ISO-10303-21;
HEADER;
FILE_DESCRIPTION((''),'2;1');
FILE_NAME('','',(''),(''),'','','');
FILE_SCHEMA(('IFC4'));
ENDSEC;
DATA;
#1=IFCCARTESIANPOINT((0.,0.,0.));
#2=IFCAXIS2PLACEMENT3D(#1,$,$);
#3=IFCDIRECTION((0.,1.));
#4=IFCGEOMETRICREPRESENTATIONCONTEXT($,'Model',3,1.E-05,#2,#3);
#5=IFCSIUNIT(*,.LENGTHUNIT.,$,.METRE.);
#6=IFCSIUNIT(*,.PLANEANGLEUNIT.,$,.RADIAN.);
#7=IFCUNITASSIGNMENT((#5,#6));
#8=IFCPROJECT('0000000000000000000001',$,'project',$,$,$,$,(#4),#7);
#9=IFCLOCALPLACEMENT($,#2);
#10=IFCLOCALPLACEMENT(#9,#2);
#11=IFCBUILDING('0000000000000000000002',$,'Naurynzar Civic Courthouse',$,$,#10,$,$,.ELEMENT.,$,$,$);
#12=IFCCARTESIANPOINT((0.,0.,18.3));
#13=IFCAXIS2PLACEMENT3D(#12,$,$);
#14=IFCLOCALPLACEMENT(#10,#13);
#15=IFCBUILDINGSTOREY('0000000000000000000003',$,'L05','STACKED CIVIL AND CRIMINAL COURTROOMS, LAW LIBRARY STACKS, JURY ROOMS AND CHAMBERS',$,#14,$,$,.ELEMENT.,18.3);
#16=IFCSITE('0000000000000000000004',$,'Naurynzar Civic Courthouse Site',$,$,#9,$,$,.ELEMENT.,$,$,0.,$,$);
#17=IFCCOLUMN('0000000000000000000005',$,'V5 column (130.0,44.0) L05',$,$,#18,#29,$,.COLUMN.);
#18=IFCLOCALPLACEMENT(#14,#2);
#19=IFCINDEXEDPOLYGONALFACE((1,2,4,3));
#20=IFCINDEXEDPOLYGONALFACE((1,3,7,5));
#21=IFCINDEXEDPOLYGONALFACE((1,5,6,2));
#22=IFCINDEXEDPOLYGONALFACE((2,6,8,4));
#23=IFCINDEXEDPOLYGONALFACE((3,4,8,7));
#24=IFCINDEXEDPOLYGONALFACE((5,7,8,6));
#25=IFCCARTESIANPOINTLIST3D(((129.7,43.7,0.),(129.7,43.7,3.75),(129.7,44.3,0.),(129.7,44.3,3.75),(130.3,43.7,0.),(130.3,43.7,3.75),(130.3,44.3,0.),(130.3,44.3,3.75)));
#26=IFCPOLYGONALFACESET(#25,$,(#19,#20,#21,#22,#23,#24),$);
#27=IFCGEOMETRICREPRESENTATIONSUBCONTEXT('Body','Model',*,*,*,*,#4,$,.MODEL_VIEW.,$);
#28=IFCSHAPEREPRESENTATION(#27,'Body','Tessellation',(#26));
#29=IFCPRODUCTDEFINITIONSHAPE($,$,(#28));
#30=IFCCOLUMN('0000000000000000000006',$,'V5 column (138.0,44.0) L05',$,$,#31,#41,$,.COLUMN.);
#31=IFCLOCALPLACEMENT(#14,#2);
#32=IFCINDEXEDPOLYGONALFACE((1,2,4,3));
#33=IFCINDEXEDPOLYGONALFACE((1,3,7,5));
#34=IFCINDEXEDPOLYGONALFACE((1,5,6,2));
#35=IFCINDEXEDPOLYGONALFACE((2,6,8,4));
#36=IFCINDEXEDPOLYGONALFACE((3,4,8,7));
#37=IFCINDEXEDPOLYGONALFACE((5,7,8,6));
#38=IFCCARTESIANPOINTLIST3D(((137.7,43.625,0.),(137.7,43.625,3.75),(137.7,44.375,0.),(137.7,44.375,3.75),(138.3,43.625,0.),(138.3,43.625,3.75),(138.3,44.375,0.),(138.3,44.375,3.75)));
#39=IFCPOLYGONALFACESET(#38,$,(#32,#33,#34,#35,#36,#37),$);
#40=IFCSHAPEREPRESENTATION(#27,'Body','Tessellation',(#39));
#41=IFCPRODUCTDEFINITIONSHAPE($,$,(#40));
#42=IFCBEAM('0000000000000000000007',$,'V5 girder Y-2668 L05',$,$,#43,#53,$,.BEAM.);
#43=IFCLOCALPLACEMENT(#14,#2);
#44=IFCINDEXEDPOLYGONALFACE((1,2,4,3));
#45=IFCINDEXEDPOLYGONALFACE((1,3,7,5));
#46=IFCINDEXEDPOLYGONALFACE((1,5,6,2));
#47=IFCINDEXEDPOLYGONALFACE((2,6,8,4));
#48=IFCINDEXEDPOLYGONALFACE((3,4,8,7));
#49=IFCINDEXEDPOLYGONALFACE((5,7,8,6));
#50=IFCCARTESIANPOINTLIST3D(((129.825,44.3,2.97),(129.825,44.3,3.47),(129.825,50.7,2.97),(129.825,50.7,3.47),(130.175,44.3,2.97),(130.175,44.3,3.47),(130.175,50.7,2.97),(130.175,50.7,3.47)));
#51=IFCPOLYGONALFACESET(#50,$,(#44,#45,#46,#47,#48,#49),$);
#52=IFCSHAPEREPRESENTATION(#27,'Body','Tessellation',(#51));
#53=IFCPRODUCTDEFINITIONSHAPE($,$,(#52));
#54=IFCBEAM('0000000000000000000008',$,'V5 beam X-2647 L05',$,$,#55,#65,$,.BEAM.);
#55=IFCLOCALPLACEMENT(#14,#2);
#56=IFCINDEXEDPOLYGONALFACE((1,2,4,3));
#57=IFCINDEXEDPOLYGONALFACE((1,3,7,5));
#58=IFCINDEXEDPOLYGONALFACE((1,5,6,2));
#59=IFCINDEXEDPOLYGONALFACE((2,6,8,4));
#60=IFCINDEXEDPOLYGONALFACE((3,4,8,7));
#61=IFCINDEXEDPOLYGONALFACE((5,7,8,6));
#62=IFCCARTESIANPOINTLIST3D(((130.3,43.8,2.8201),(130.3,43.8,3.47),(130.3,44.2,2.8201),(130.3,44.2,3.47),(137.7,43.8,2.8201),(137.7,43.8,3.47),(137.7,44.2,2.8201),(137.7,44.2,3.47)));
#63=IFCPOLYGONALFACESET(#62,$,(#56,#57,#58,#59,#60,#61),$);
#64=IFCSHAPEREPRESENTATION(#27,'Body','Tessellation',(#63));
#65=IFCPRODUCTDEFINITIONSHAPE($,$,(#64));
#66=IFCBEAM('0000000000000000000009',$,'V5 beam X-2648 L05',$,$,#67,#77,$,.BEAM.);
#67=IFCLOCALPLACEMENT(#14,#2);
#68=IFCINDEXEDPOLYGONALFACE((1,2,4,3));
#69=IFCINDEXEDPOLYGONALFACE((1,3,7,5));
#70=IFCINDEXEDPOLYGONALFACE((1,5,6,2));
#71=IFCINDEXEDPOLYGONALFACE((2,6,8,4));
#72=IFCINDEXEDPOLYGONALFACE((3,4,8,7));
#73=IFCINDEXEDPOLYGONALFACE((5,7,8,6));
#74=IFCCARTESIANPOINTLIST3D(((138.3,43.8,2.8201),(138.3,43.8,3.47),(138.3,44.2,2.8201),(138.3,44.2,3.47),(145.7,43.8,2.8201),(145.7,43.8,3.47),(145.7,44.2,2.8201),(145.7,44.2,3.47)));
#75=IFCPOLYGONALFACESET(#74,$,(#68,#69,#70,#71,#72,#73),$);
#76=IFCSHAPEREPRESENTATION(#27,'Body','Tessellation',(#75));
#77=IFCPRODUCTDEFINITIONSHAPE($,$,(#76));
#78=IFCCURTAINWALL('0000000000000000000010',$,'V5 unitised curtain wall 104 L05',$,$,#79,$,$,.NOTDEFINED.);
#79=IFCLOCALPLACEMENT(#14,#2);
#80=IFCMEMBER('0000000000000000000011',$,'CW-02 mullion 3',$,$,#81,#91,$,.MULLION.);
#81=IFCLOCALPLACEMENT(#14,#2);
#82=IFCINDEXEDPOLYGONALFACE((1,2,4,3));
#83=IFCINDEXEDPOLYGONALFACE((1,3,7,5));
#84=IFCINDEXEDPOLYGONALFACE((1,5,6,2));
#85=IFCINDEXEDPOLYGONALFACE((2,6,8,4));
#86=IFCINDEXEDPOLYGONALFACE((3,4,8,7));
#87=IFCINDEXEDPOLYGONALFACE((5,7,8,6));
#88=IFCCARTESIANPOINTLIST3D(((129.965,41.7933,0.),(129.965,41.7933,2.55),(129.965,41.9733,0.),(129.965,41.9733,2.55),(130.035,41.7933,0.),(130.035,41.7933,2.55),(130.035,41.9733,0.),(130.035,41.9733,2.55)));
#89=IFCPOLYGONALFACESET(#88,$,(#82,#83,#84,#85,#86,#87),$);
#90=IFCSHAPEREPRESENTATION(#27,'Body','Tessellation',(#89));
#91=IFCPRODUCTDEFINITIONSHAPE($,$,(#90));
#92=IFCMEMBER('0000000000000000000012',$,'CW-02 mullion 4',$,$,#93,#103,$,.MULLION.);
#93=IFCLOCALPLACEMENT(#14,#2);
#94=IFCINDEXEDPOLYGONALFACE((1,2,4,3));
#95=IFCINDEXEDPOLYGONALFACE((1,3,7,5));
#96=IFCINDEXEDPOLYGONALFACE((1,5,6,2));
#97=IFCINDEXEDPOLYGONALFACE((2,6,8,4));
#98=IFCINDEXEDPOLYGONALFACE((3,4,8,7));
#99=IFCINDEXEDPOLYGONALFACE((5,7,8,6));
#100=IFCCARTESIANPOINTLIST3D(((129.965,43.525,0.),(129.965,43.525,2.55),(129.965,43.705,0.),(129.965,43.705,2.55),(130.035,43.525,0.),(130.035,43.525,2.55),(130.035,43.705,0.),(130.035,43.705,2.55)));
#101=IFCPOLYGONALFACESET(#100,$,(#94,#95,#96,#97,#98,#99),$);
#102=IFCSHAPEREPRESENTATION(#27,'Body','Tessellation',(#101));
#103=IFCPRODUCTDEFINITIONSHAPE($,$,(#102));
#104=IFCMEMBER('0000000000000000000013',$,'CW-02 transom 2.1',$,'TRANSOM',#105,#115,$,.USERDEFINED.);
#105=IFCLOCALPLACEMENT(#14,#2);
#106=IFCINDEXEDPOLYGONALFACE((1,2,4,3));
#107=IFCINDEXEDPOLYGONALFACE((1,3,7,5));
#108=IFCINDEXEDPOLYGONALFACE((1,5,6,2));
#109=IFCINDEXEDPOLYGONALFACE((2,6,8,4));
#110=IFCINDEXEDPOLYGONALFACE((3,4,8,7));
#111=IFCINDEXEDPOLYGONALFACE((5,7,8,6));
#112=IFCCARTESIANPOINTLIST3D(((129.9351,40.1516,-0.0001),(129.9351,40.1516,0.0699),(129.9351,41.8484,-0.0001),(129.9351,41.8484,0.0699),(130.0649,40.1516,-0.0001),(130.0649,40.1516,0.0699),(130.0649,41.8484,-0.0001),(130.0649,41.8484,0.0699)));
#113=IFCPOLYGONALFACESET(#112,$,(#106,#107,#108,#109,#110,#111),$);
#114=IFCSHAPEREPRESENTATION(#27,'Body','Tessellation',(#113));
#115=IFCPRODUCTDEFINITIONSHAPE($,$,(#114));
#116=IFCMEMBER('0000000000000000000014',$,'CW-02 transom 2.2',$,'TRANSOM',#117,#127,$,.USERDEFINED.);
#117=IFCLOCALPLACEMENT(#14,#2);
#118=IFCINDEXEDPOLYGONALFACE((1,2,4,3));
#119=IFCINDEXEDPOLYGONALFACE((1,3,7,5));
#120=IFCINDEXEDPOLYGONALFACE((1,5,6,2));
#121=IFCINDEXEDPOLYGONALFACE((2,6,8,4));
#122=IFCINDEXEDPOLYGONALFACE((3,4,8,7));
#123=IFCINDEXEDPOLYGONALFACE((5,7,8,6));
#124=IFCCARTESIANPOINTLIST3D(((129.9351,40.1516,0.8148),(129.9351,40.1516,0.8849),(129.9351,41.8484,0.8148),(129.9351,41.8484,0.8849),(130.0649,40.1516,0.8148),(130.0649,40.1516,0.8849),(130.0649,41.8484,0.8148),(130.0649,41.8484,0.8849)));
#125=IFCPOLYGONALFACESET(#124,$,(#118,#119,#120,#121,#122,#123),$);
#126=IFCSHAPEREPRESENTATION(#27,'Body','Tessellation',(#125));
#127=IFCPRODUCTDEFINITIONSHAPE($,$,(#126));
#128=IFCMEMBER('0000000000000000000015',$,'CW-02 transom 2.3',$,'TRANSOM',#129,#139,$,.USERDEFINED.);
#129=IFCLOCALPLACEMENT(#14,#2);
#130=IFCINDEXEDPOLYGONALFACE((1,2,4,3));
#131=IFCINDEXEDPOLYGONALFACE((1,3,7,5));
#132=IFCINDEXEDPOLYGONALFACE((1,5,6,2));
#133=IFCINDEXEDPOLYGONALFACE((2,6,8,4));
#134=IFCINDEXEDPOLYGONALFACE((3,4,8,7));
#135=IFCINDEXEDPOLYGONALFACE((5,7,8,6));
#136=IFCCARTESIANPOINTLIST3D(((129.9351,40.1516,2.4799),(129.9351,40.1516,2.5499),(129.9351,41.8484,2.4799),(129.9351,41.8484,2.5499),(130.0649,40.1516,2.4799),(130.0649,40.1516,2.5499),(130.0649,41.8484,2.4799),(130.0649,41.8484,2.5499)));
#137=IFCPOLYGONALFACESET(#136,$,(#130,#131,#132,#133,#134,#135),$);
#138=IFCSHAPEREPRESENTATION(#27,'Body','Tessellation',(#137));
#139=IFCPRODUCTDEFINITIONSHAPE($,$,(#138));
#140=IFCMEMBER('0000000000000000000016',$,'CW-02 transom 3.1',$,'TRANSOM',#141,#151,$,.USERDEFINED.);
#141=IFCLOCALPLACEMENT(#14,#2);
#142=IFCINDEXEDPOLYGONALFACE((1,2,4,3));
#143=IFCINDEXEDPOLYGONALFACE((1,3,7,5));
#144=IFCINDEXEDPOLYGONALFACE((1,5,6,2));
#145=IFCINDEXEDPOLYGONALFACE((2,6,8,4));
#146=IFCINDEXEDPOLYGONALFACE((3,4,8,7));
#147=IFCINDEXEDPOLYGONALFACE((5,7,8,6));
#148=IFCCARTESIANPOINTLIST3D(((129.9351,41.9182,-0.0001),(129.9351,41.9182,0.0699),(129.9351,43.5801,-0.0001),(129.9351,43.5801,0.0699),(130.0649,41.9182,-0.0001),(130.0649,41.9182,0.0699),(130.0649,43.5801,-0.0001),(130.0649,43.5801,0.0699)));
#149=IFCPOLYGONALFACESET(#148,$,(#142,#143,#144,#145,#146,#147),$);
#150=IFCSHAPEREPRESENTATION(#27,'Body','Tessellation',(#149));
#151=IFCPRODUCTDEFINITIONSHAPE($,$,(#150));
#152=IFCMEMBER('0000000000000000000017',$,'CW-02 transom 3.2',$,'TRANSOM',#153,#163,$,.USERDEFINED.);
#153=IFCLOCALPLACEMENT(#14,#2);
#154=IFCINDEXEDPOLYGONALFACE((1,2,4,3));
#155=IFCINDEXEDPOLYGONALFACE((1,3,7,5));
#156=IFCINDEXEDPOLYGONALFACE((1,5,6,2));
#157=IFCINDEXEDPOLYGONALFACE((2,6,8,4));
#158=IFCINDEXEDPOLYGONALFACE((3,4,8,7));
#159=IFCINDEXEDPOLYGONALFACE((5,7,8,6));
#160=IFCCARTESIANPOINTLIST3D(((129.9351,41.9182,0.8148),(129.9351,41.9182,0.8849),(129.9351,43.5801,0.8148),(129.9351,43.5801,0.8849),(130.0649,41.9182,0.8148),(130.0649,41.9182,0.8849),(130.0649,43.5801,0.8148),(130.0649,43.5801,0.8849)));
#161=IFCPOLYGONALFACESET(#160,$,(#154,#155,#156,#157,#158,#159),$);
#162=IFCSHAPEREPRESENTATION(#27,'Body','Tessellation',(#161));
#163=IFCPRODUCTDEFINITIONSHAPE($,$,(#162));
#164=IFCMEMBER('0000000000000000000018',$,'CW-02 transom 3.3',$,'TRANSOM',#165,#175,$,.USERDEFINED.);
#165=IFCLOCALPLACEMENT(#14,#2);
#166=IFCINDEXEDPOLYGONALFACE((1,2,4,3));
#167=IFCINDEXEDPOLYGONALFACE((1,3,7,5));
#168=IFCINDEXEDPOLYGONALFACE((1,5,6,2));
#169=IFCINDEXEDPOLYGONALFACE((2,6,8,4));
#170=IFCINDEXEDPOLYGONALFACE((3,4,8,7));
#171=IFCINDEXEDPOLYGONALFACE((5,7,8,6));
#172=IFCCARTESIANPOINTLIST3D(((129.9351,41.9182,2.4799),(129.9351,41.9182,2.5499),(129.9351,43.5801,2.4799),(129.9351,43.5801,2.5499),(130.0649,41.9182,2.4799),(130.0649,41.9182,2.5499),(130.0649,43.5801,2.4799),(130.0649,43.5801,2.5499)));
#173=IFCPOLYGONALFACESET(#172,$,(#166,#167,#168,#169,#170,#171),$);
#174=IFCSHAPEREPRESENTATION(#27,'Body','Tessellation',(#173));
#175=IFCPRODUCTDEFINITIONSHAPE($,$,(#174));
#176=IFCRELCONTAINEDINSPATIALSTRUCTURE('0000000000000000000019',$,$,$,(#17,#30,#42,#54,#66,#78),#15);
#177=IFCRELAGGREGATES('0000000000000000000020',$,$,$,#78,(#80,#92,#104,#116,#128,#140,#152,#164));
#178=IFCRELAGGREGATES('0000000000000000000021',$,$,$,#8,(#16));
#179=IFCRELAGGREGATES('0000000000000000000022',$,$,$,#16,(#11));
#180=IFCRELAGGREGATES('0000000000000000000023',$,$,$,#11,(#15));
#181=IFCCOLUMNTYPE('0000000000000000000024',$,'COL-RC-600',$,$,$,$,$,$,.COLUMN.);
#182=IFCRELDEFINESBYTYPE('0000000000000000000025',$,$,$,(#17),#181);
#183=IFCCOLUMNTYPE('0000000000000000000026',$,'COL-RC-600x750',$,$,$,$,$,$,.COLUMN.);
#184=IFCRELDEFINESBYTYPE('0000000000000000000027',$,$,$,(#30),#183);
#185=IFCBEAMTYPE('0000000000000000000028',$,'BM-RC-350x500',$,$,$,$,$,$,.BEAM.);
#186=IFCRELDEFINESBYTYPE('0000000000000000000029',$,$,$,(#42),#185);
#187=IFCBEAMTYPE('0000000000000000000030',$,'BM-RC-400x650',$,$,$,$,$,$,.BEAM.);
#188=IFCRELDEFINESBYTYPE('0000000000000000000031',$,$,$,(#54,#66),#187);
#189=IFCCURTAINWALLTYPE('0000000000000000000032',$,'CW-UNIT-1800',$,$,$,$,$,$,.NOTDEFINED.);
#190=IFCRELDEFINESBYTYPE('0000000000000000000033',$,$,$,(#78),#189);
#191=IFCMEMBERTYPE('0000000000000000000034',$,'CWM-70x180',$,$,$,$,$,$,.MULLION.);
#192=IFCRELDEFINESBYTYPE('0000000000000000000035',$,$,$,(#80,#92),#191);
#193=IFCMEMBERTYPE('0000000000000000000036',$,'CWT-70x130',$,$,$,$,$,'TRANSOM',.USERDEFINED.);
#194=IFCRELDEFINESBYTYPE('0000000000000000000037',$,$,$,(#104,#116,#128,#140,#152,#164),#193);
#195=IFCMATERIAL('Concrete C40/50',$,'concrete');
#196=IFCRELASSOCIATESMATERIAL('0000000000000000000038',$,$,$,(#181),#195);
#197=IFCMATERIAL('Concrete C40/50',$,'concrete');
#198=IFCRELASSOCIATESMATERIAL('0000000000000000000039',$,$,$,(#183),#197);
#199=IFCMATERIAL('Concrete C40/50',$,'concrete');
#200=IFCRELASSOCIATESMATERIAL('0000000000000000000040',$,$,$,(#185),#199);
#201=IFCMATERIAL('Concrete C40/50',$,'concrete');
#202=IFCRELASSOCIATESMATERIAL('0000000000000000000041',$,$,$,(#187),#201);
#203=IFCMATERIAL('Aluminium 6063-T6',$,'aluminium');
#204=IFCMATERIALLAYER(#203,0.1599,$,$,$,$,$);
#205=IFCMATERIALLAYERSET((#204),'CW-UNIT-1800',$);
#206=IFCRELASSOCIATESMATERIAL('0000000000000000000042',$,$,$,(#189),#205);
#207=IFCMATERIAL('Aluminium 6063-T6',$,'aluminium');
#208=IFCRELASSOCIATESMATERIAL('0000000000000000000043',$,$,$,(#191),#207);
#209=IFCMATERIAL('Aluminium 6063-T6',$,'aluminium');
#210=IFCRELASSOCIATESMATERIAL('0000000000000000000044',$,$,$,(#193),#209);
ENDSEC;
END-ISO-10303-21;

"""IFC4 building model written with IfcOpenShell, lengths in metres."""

from ifc_helpers import new_model, si_unit, direction, frame, origin, origin_2d, place, context, subcontext, project, spatial, rectangle, extrude, material, layer, layer_set, material_profile, profile_set, type_object, element, aggregate, save


model = new_model("IFC4")

# Units and contexts
model_context = context("Model", 3, precision=1e-05, world=origin(), true_north=direction((0.0, 1.0)))
body_context = subcontext(model_context, "Body", "Model", "MODEL_VIEW")
ifc_project = project(units=[si_unit("LENGTHUNIT", "METRE"), si_unit("PLANEANGLEUNIT", "RADIAN")], contexts=[model_context])

# Site, building, storey
site_placement = place(None, origin())
site = spatial("IfcSite", under=ifc_project, at=site_placement, Name="Naurynzar Civic Courthouse Site", CompositionType="ELEMENT", RefElevation=0.0)
building_placement = place(site_placement, origin())
building = spatial("IfcBuilding", under=site, at=building_placement, Name="Naurynzar Civic Courthouse", CompositionType="ELEMENT")
storey_placement = place(building_placement, frame((0.0, 0.0, 18.3)))
storey = spatial("IfcBuildingStorey", under=building, at=storey_placement, Name="L05", Description="STACKED CIVIL AND CRIMINAL COURTROOMS, LAW LIBRARY STACKS, JURY ROOMS AND CHAMBERS", CompositionType="ELEMENT", Elevation=18.3)

# Columns
ifc_material_1 = material(Name="Concrete C40/50", Category="concrete")
ifc_material_profile_1 = material_profile(ifc_material_1, rectangle(XDim=0.6001, YDim=0.6001, at=origin_2d()), Name="RC 600x600")
ifc_profile_set_1 = profile_set([ifc_material_profile_1], Name="Concrete C40/50")
column_type_1 = type_object("IfcColumnType", Name="COL-RC-600", PredefinedType="COLUMN", material=ifc_profile_set_1)
column_1_placement = place(storey_placement, frame((130.0, 44.0, 0.0), z_axis=(0.0, 0.0, 1.0), x_axis=(1.0, 0.0, 0.0)))
element("IfcColumn", 1, at=column_1_placement, inside=storey, type_object=column_type_1, Name="V5 column (130.0,44.0) L05", PredefinedType="COLUMN", context=body_context, shape_type="SweptSolid", body=[
    extrude(rectangle(XDim=0.6001, YDim=0.6001, at=origin_2d()), origin(), (0.0, 0.0, 1.0), 3.75),
])
ifc_material_2 = material(Name="Concrete C40/50", Category="concrete")
ifc_material_profile_2 = material_profile(ifc_material_2, rectangle(XDim=0.6001, YDim=0.75, at=origin_2d()), Name="RC 600x750")
ifc_profile_set_2 = profile_set([ifc_material_profile_2], Name="Concrete C40/50")
column_type_2 = type_object("IfcColumnType", Name="COL-RC-600x750", PredefinedType="COLUMN", material=ifc_profile_set_2)
column_2_placement = place(storey_placement, frame((138.0, 44.0, 0.0), z_axis=(0.0, 0.0, 1.0), x_axis=(1.0, 0.0, 0.0)))
element("IfcColumn", 2, at=column_2_placement, inside=storey, type_object=column_type_2, Name="V5 column (138.0,44.0) L05", PredefinedType="COLUMN", context=body_context, shape_type="SweptSolid", body=[
    extrude(rectangle(XDim=0.6001, YDim=0.75, at=origin_2d()), origin(), (0.0, 0.0, 1.0), 3.75),
])

# Beams
ifc_material_3 = material(Name="Concrete C40/50", Category="concrete")
ifc_material_profile_3 = material_profile(ifc_material_3, rectangle(XDim=0.3501, YDim=0.5, at=origin_2d()), Name="RCB 350x500")
ifc_profile_set_3 = profile_set([ifc_material_profile_3], Name="Concrete C40/50")
beam_type_1 = type_object("IfcBeamType", Name="BM-RC-350x500", PredefinedType="BEAM", material=ifc_profile_set_3)
beam_placement = place(storey_placement, frame((130.0, 44.3, 3.22), z_axis=(0.0, 1.0, 0.0), x_axis=(-1.0, 0.0, 0.0)))
element("IfcBeam", 3, at=beam_placement, inside=storey, type_object=beam_type_1, Name="V5 girder Y-2668 L05", PredefinedType="BEAM", context=body_context, shape_type="SweptSolid", body=[
    extrude(rectangle(XDim=0.3501, YDim=0.5, at=origin_2d()), origin(), (0.0, 0.0, 1.0), 6.3999),
])
ifc_material_4 = material(Name="Concrete C40/50", Category="concrete")
ifc_material_profile_4 = material_profile(ifc_material_4, rectangle(XDim=0.3999, YDim=0.6499, at=origin_2d()), Name="RCB 400x650")
ifc_profile_set_4 = profile_set([ifc_material_profile_4], Name="Concrete C40/50")
beam_type_2 = type_object("IfcBeamType", Name="BM-RC-400x650", PredefinedType="BEAM", material=ifc_profile_set_4)
for number, where, z_axis, x_axis, name in (
    (4, (130.3, 44.0, 3.145), (1.0, 0.0, 0.0), (0.0, 1.0, 0.0), "V5 beam X-2647 L05"),
    (5, (138.3, 44.0, 3.145), (1.0, 0.0, 0.0), (0.0, 1.0, 0.0), "V5 beam X-2648 L05"),
):
    element("IfcBeam", number, at=place(storey_placement, frame(where, z_axis=z_axis, x_axis=x_axis)), inside=storey, type_object=beam_type_2, Name=name, PredefinedType="BEAM", context=body_context, shape_type="SweptSolid", body=[
        extrude(rectangle(XDim=0.3999, YDim=0.6499, at=origin_2d()), origin(), (0.0, 0.0, 1.0), 7.3999),
    ])

# Curtain wall, members
ifc_material_5 = material(Name="Aluminium 6063-T6", Category="aluminium")
ifc_layer_1 = layer(ifc_material_5, 0.1599)
ifc_layer_set_1 = layer_set([ifc_layer_1], Name="CW-UNIT-1800")
curtain_wall_type = type_object("IfcCurtainWallType", Name="CW-UNIT-1800", PredefinedType="NOTDEFINED", material=ifc_layer_set_1)
curtain_wall_placement = place(storey_placement, origin())
curtain_wall = element("IfcCurtainWall", 6, at=curtain_wall_placement, inside=storey, type_object=curtain_wall_type, Name="V5 unitised curtain wall 104 L05", PredefinedType="NOTDEFINED")
ifc_material_6 = material(Name="Aluminium 6063-T6", Category="aluminium")
ifc_material_profile_5 = material_profile(ifc_material_6, rectangle(XDim=0.0701, YDim=0.1799, at=origin_2d()), Name="ALU MULLION 70x180")
ifc_profile_set_5 = profile_set([ifc_material_profile_5], Name="Aluminium 6063-T6")
member_type_1 = type_object("IfcMemberType", Name="CWM-70x180", PredefinedType="MULLION", material=ifc_profile_set_5)
member_1_placement = place(storey_placement, frame((130.0, 41.8833, 0.0), z_axis=(0.0, 0.0, 1.0), x_axis=(-1.0, 0.0, 0.0)))
member_1 = element("IfcMember", 7, at=member_1_placement, type_object=member_type_1, Name="CW-02 mullion 3", PredefinedType="MULLION", context=body_context, shape_type="SweptSolid", body=[
    extrude(rectangle(XDim=0.0701, YDim=0.1799, at=origin_2d()), origin(), (0.0, 0.0, 1.0), 2.55),
])
member_2_placement = place(storey_placement, frame((130.0, 43.615, 0.0), z_axis=(0.0, 0.0, 1.0), x_axis=(-1.0, 0.0, 0.0)))
member_2 = element("IfcMember", 8, at=member_2_placement, type_object=member_type_1, Name="CW-02 mullion 4", PredefinedType="MULLION", context=body_context, shape_type="SweptSolid", body=[
    extrude(rectangle(XDim=0.0701, YDim=0.1799, at=origin_2d()), origin(), (0.0, 0.0, 1.0), 2.55),
])
ifc_material_7 = material(Name="Aluminium 6063-T6", Category="aluminium")
ifc_material_profile_6 = material_profile(ifc_material_7, rectangle(XDim=0.1299, YDim=0.0701, at=origin_2d()), Name="ALU TRANSOM 70x130")
ifc_profile_set_6 = profile_set([ifc_material_profile_6], Name="Aluminium 6063-T6")
member_type_2 = type_object("IfcMemberType", Name="CWT-70x130", ElementType="TRANSOM", PredefinedType="USERDEFINED", material=ifc_profile_set_6)
member_3_placement = place(storey_placement, frame((130.0, 40.1516, 0.0349), z_axis=(0.0, 1.0, 0.0), x_axis=(-1.0, 0.0, 0.0)))
member_3 = element("IfcMember", 9, at=member_3_placement, type_object=member_type_2, Name="CW-02 transom 2.1", ObjectType="TRANSOM", PredefinedType="USERDEFINED", context=body_context, shape_type="SweptSolid", body=[
    extrude(rectangle(XDim=0.1299, YDim=0.0701, at=origin_2d()), origin(), (0.0, 0.0, 1.0), 1.6968),
])
member_4_placement = place(storey_placement, frame((130.0, 40.1516, 0.8499), z_axis=(0.0, 1.0, 0.0), x_axis=(-1.0, 0.0, 0.0)))
member_4 = element("IfcMember", 10, at=member_4_placement, type_object=member_type_2, Name="CW-02 transom 2.2", ObjectType="TRANSOM", PredefinedType="USERDEFINED", context=body_context, shape_type="SweptSolid", body=[
    extrude(rectangle(XDim=0.1299, YDim=0.0701, at=origin_2d()), origin(), (0.0, 0.0, 1.0), 1.6968),
])
member_5_placement = place(storey_placement, frame((130.0, 40.1516, 2.5149), z_axis=(0.0, 1.0, 0.0), x_axis=(-1.0, 0.0, 0.0)))
member_5 = element("IfcMember", 11, at=member_5_placement, type_object=member_type_2, Name="CW-02 transom 2.3", ObjectType="TRANSOM", PredefinedType="USERDEFINED", context=body_context, shape_type="SweptSolid", body=[
    extrude(rectangle(XDim=0.1299, YDim=0.0701, at=origin_2d()), origin(), (0.0, 0.0, 1.0), 1.6968),
])
member_6_placement = place(storey_placement, frame((130.0, 41.9182, 0.0349), z_axis=(0.0, 1.0, 0.0), x_axis=(-1.0, 0.0, 0.0)))
member_6 = element("IfcMember", 12, at=member_6_placement, type_object=member_type_2, Name="CW-02 transom 3.1", ObjectType="TRANSOM", PredefinedType="USERDEFINED", context=body_context, shape_type="SweptSolid", body=[
    extrude(rectangle(XDim=0.1299, YDim=0.0701, at=origin_2d()), origin(), (0.0, 0.0, 1.0), 1.6619),
])
member_7_placement = place(storey_placement, frame((130.0, 41.9182, 0.8499), z_axis=(0.0, 1.0, 0.0), x_axis=(-1.0, 0.0, 0.0)))
member_7 = element("IfcMember", 13, at=member_7_placement, type_object=member_type_2, Name="CW-02 transom 3.2", ObjectType="TRANSOM", PredefinedType="USERDEFINED", context=body_context, shape_type="SweptSolid", body=[
    extrude(rectangle(XDim=0.1299, YDim=0.0701, at=origin_2d()), origin(), (0.0, 0.0, 1.0), 1.6619),
])
member_8_placement = place(storey_placement, frame((130.0, 41.9182, 2.5149), z_axis=(0.0, 1.0, 0.0), x_axis=(-1.0, 0.0, 0.0)))
member_8 = element("IfcMember", 14, at=member_8_placement, type_object=member_type_2, Name="CW-02 transom 3.3", ObjectType="TRANSOM", PredefinedType="USERDEFINED", context=body_context, shape_type="SweptSolid", body=[
    extrude(rectangle(XDim=0.1299, YDim=0.0701, at=origin_2d()), origin(), (0.0, 0.0, 1.0), 1.6619),
])
aggregate(curtain_wall, [member_1, member_2, member_3, member_4, member_5, member_6, member_7, member_8])

save(model, "model.ifc")
